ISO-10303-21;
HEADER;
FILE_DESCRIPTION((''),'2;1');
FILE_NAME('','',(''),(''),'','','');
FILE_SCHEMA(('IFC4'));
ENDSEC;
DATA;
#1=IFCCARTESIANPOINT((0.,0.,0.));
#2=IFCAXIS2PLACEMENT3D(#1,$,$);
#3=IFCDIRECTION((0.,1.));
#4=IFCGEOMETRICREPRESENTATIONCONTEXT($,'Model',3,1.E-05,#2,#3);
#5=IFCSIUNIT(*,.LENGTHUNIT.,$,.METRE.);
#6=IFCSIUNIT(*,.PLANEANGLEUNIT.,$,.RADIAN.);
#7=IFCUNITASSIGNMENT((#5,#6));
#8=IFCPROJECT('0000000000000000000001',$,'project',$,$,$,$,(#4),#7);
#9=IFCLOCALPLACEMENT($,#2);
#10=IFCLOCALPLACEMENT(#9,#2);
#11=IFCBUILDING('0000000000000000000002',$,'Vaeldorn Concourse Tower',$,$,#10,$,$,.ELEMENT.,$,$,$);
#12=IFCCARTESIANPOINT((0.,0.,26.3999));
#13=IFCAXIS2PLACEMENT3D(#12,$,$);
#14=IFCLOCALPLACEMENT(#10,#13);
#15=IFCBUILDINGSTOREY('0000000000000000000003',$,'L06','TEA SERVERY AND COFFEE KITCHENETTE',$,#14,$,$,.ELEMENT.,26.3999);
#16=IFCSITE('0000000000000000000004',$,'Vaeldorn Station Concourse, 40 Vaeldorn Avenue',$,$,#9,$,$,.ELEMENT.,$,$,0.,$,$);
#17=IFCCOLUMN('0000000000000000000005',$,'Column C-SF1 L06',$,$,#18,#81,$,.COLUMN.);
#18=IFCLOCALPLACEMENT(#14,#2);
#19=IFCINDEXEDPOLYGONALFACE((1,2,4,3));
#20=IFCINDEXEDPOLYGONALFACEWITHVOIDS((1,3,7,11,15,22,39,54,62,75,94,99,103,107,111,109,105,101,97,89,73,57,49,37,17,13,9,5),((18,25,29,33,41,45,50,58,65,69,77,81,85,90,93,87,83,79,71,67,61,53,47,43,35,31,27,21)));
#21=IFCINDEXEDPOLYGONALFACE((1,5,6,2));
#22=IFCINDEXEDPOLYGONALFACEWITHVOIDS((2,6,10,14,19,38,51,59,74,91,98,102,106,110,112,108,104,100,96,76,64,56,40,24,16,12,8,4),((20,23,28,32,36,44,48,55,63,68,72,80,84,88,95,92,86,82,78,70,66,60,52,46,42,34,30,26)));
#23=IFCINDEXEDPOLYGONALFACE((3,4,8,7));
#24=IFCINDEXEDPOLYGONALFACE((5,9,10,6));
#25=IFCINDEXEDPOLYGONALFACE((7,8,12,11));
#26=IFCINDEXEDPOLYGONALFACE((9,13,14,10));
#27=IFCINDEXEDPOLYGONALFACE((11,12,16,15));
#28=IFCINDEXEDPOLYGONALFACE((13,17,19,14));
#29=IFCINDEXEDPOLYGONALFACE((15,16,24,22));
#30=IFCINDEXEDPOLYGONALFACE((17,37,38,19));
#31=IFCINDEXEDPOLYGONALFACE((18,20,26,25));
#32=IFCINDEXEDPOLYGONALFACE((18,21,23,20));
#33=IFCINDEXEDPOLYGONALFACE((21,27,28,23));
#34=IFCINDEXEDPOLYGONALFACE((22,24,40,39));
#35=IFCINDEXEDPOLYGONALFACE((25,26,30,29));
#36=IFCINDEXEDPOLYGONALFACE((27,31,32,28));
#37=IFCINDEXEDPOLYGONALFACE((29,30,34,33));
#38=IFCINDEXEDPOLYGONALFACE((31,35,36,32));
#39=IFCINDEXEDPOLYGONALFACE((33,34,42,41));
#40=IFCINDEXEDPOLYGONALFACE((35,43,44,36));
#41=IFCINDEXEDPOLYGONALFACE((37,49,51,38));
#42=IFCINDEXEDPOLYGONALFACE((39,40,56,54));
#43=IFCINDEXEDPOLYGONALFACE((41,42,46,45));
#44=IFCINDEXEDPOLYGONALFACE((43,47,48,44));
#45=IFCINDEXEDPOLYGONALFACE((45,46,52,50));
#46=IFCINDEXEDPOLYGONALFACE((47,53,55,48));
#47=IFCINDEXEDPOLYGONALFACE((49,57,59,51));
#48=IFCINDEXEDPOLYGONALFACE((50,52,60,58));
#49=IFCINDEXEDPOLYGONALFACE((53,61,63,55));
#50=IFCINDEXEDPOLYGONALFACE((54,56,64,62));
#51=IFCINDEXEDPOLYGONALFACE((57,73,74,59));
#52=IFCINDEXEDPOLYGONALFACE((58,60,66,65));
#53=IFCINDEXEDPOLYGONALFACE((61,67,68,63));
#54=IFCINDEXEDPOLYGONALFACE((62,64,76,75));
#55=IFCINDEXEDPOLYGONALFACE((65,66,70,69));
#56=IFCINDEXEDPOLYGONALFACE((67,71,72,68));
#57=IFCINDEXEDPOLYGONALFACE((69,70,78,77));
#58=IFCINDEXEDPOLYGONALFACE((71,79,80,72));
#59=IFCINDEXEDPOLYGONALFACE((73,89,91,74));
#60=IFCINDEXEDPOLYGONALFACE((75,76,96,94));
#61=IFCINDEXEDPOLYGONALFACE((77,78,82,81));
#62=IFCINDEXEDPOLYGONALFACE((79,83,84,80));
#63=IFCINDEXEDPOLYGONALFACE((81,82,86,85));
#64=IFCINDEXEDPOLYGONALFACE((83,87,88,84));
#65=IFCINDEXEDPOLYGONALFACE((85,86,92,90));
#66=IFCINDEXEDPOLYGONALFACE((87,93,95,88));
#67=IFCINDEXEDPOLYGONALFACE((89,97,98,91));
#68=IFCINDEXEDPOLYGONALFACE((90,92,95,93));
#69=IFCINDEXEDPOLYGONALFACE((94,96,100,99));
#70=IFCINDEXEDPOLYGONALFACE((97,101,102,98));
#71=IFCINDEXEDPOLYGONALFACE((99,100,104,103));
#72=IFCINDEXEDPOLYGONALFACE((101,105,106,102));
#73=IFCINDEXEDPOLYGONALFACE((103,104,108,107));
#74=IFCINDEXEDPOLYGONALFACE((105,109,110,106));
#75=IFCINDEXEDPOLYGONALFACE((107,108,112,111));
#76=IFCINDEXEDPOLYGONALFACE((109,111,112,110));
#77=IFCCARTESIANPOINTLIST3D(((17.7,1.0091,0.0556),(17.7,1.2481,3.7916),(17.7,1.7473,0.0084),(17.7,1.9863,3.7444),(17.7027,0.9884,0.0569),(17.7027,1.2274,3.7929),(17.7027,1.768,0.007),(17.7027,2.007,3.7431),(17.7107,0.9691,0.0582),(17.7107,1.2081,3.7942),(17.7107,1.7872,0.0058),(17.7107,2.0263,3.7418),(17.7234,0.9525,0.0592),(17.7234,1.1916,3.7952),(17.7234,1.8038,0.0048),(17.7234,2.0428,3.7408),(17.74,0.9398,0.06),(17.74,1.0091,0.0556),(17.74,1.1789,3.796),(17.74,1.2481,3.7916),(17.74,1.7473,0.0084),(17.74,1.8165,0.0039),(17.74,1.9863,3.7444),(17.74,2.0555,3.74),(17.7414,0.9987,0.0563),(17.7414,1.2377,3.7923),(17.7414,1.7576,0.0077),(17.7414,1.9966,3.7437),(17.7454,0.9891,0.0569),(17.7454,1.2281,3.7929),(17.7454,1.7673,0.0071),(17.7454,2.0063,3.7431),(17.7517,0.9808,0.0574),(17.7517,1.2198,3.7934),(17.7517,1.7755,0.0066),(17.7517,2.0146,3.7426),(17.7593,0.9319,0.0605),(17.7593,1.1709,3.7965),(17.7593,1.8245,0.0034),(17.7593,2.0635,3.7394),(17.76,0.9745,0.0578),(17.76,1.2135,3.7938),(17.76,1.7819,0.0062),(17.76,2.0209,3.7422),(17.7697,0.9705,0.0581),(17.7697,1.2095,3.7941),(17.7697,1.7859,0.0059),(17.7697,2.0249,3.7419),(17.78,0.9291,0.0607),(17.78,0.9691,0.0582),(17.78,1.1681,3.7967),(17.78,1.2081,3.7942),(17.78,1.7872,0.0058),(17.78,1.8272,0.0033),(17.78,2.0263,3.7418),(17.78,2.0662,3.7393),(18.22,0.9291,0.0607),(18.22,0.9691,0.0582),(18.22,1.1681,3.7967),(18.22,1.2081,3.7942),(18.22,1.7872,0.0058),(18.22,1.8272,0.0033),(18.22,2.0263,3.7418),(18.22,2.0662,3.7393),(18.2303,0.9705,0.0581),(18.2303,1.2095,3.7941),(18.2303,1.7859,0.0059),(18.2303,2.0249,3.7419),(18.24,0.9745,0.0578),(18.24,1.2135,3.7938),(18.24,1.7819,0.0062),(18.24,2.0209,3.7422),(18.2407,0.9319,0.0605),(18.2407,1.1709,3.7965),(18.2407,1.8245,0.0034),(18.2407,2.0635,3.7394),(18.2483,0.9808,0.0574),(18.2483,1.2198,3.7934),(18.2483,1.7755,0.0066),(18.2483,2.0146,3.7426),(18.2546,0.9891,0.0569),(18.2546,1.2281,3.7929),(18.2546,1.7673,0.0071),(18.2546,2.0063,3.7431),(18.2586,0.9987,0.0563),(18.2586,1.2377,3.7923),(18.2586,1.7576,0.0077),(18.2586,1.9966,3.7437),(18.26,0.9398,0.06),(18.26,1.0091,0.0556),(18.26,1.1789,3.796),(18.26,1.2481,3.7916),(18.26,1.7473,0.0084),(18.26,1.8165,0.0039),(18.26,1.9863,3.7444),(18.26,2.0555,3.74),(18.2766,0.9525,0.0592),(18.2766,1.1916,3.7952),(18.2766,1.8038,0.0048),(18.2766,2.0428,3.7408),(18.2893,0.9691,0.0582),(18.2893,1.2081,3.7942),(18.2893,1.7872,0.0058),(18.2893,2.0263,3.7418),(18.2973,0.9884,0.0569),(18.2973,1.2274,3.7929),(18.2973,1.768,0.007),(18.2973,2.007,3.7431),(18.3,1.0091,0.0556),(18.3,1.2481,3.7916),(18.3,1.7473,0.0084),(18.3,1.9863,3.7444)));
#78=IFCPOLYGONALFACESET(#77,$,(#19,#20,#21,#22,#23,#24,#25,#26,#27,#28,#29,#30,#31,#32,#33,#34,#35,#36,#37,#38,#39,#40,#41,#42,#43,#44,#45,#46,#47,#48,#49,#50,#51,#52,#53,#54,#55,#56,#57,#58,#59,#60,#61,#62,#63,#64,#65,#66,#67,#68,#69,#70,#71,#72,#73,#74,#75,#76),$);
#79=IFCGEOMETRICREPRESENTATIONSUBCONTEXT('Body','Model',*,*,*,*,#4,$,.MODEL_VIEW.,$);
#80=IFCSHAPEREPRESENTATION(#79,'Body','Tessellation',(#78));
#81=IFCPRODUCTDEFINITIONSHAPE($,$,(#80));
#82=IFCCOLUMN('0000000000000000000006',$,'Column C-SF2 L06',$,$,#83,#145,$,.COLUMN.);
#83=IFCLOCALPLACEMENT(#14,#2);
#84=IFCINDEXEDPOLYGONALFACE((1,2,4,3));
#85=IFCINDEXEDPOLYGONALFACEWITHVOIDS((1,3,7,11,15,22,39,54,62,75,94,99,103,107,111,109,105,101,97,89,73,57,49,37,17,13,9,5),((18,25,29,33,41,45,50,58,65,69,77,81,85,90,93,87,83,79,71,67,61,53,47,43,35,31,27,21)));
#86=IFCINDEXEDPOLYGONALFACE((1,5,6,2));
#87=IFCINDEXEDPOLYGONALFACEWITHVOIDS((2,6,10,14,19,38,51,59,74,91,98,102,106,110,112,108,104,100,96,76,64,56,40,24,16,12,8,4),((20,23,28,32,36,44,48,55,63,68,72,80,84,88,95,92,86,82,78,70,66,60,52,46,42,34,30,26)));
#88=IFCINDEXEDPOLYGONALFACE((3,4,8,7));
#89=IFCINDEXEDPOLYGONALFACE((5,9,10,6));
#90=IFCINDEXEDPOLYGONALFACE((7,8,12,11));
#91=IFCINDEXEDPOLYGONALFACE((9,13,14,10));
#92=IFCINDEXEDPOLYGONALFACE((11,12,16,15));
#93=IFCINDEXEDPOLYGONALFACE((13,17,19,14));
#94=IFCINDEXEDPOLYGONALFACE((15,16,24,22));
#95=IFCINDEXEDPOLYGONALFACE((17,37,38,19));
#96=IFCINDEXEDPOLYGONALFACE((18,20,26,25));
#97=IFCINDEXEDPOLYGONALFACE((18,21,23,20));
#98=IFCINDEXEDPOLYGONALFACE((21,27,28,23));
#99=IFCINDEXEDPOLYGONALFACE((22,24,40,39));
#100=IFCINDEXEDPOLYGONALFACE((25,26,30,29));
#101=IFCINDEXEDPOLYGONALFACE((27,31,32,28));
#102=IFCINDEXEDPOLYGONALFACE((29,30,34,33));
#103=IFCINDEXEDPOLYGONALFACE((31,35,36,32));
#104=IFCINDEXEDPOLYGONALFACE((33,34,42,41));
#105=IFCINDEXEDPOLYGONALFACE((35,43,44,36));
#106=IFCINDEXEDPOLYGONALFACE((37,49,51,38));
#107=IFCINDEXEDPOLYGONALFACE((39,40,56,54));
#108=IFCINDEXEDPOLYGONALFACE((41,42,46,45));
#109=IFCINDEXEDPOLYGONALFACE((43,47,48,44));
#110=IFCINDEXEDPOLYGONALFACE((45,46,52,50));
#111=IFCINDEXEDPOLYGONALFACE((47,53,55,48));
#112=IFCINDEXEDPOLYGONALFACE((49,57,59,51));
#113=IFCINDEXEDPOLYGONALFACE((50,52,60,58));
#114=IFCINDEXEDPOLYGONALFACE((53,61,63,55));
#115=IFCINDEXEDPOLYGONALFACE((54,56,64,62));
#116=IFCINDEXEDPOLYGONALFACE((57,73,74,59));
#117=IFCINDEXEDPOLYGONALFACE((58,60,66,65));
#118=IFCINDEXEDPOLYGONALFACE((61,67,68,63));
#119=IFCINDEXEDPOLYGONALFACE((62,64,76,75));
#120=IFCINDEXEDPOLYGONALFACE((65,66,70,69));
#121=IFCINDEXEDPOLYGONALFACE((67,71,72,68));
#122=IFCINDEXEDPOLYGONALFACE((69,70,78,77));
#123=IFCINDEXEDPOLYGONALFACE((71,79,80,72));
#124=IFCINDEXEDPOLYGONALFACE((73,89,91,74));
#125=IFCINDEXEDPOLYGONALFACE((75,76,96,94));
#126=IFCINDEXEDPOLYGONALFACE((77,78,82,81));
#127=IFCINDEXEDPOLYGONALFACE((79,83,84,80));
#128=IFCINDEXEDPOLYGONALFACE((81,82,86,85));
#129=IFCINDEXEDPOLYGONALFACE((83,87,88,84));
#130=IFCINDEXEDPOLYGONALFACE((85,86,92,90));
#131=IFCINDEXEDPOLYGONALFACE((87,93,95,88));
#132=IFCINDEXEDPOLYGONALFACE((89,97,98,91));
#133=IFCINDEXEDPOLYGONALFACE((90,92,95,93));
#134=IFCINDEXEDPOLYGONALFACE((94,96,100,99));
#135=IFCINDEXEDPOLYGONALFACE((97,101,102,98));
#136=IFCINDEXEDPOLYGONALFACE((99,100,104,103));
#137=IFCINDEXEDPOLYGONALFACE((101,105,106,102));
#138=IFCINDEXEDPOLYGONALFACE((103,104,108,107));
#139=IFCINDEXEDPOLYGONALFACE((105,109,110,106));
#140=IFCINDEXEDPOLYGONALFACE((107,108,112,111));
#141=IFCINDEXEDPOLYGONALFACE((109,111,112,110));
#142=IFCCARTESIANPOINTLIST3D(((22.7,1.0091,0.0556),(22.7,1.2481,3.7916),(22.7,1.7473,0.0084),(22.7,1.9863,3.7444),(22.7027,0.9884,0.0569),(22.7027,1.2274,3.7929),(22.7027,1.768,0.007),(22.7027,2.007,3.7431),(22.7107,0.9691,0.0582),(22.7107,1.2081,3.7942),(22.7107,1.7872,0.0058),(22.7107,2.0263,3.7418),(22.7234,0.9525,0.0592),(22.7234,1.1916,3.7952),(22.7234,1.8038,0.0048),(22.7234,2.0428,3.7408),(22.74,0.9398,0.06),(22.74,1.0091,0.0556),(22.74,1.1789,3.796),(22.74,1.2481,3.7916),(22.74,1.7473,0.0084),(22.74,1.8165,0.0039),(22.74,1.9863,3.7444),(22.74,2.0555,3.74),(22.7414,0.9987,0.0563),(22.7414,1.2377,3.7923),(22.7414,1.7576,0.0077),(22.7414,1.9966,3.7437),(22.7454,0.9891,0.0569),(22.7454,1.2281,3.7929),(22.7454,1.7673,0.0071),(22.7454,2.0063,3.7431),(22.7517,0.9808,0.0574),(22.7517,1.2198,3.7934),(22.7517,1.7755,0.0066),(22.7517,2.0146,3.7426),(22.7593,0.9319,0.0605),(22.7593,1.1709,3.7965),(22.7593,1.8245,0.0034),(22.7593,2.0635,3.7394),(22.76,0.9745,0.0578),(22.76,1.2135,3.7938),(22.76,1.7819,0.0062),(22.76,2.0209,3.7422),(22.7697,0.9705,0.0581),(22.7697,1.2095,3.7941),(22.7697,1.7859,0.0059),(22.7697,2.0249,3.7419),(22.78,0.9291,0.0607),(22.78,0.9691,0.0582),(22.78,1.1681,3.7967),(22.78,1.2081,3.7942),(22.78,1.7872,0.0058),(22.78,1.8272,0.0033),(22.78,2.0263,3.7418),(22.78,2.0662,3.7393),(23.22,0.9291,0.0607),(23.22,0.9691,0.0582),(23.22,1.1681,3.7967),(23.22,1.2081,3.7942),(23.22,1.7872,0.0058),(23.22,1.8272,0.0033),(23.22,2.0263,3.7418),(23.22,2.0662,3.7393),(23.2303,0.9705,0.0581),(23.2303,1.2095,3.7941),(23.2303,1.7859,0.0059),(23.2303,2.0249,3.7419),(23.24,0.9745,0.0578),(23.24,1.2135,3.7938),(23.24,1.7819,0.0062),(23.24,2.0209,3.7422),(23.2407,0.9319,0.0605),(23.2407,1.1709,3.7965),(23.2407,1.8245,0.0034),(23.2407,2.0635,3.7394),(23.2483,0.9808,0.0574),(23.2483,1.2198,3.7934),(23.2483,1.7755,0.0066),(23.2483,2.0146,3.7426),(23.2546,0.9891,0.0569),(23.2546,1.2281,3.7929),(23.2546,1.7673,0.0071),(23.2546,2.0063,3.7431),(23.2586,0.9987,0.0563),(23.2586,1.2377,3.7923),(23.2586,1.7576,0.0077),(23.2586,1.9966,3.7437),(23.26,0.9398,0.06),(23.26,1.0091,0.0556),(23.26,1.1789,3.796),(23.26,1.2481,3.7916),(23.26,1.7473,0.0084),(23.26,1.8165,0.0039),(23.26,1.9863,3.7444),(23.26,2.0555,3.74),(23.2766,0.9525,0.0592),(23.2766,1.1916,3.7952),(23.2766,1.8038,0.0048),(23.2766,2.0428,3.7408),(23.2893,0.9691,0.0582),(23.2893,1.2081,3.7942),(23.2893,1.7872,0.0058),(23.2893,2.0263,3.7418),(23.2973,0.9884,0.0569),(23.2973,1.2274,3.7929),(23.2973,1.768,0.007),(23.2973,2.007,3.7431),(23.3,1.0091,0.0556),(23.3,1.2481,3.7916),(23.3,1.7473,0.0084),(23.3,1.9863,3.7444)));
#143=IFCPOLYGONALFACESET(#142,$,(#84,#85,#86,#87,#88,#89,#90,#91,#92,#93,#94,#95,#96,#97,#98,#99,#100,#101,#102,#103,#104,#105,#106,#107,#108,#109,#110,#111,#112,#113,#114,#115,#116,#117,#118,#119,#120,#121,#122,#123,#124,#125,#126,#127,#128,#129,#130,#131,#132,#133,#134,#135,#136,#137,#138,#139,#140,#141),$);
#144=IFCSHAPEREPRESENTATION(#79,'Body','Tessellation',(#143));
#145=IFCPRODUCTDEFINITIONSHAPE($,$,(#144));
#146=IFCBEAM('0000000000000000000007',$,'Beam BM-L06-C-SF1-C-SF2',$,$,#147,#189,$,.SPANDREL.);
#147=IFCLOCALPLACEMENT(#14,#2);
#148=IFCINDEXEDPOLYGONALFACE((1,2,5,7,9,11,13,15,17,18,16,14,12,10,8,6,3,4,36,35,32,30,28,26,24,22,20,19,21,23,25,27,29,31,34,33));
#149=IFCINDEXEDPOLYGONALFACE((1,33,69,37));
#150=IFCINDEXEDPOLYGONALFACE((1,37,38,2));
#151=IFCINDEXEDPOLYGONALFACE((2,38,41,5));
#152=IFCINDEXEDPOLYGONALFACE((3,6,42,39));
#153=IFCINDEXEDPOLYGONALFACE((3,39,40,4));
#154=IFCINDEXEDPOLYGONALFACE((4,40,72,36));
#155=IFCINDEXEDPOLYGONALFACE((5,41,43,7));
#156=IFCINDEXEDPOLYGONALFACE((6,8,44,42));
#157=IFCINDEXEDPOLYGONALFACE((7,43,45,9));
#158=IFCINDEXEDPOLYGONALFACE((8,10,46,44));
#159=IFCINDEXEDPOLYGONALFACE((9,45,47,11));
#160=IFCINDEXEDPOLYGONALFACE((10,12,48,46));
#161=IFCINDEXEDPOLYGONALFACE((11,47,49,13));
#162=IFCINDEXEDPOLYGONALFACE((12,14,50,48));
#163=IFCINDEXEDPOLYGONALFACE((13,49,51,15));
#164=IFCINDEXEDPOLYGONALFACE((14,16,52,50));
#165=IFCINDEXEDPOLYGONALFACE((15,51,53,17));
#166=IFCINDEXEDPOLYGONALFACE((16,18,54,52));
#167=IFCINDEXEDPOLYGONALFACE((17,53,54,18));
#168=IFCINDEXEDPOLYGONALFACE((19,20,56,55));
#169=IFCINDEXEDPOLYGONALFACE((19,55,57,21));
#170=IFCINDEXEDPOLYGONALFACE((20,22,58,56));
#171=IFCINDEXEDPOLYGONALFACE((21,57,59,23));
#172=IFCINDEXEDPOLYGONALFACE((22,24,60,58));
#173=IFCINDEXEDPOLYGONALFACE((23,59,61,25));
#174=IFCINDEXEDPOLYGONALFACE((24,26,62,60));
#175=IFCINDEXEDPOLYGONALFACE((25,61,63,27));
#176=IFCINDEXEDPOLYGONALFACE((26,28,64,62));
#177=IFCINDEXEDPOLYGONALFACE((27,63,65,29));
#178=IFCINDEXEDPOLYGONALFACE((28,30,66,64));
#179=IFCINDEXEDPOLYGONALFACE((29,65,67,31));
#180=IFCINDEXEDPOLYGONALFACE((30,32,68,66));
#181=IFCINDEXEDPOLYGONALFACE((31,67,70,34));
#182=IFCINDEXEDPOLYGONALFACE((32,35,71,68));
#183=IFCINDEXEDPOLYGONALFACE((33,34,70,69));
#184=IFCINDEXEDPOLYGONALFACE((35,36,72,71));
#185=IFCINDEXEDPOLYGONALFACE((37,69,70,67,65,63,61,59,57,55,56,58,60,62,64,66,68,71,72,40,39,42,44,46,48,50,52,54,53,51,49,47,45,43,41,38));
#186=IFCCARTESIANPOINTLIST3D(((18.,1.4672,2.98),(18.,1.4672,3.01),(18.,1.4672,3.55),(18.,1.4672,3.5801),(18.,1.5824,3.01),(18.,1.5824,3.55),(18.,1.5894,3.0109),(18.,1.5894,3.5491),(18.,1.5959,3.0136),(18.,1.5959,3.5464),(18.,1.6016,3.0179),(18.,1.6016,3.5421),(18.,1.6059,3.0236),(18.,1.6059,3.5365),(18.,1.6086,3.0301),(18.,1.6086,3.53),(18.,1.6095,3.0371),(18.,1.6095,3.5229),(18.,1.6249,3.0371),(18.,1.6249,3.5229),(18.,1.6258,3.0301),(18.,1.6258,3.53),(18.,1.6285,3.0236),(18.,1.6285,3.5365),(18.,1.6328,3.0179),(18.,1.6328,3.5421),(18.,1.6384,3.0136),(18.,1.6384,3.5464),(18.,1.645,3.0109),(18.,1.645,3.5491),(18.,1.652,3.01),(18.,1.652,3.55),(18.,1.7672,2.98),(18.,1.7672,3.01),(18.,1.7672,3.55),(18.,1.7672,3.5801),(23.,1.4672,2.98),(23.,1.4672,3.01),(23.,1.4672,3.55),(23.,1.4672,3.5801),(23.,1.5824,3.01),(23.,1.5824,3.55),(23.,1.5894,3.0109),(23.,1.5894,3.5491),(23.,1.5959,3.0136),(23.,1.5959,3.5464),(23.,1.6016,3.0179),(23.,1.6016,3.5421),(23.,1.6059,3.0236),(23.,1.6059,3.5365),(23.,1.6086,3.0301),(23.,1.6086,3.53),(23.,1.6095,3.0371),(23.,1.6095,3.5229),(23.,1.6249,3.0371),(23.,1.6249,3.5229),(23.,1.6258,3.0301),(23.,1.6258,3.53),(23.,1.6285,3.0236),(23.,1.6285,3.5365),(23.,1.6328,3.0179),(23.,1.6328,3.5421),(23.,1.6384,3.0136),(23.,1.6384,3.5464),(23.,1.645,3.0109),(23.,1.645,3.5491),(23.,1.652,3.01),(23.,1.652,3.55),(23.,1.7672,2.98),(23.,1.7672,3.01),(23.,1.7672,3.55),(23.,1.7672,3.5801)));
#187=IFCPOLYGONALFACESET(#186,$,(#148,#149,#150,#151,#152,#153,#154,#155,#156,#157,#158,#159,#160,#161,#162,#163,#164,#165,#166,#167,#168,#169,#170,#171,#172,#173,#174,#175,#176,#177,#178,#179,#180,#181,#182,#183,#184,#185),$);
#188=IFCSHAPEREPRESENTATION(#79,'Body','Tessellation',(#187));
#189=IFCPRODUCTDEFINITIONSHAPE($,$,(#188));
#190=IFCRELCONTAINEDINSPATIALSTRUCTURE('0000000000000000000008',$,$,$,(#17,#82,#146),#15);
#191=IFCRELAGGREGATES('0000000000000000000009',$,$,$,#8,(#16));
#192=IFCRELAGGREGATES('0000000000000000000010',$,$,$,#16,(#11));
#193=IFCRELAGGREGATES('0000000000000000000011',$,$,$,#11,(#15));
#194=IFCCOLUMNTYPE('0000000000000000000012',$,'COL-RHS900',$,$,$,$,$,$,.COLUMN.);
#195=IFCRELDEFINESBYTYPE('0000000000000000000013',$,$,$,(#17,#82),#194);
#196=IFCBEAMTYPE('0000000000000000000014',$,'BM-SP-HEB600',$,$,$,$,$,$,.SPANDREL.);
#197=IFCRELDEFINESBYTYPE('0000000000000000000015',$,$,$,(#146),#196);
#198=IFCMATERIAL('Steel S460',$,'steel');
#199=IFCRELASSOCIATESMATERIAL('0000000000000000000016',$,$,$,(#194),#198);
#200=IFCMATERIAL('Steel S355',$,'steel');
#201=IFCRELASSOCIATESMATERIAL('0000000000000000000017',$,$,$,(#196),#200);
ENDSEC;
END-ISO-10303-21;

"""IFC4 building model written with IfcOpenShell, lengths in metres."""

from ifc_helpers import new_model, si_unit, direction, frame, origin, origin_2d, place, context, subcontext, project, spatial, hollow_rectangle, i_section, extrude, source, transform, mapped, material, material_profile, profile_set, type_object, element, save


model = new_model("IFC4")

# Units and contexts
model_context = context("Model", 3, precision=1e-05, world=origin(), true_north=direction((0.0, 1.0)))
body_context = subcontext(model_context, "Body", "Model", "MODEL_VIEW")
ifc_project = project(units=[si_unit("LENGTHUNIT", "METRE"), si_unit("PLANEANGLEUNIT", "RADIAN")], contexts=[model_context])

# Site, building, storey
site_placement = place(None, origin())
site = spatial("IfcSite", under=ifc_project, at=site_placement, Name="Vaeldorn Station Concourse, 40 Vaeldorn Avenue", CompositionType="ELEMENT", RefElevation=0.0)
building_placement = place(site_placement, origin())
building = spatial("IfcBuilding", under=site, at=building_placement, Name="Vaeldorn Concourse Tower", CompositionType="ELEMENT")
storey_placement = place(building_placement, frame((0.0, 0.0, 26.3999)))
storey = spatial("IfcBuildingStorey", under=building, at=storey_placement, Name="L06", Description="TEA SERVERY AND COFFEE KITCHENETTE", CompositionType="ELEMENT", Elevation=26.3999)

# Columns
ifc_material_1 = material(Name="Steel S460", Category="steel")
ifc_material_profile_1 = material_profile(ifc_material_1, hollow_rectangle(XDim=0.6001, YDim=0.8999, WallThickness=0.04, InnerFilletRadius=0.04, OuterFilletRadius=0.0801, at=origin_2d()), Name="RHS 900x600x40")
ifc_profile_set_1 = profile_set([ifc_material_profile_1], Name="Steel S460")
column_type = type_object("IfcColumnType", Name="COL-RHS900", PredefinedType="COLUMN", material=ifc_profile_set_1)
shared_shape_1 = source(origin(), body_context, "Body", "SweptSolid", [
    extrude(hollow_rectangle(XDim=0.6001, YDim=0.8999, WallThickness=0.04, InnerFilletRadius=0.04, OuterFilletRadius=0.0801, at=origin_2d()), origin(), (0.0, 0.0, 1.0), 3.7437),
])
for number, where, z_axis, x_axis, name in (
    (1, (18.0, 1.3782, 0.032), (0.0, 0.063844, 0.99796), (-1.0, 0.0, 0.0), "Column C-SF1 L06"),
    (2, (23.0, 1.3782, 0.032), (0.0, 0.063844, 0.99796), (-1.0, 0.0, 0.0), "Column C-SF2 L06"),
):
    element("IfcColumn", number, at=place(storey_placement, frame(where, z_axis=z_axis, x_axis=x_axis)), inside=storey, type_object=column_type, Name=name, PredefinedType="COLUMN", context=body_context, shape_type="MappedRepresentation", body=[
        mapped(shared_shape_1, transform((0.0, 0.0, 0.0), scale=1.0)),
    ])

# Beam
ifc_material_2 = material(Name="Steel S355", Category="steel")
ifc_material_profile_2 = material_profile(ifc_material_2, i_section(OverallWidth=0.3, OverallDepth=0.6001, WebThickness=0.0154, FlangeThickness=0.03, FilletRadius=0.0271, at=origin_2d()), Name="HEB 600")
ifc_profile_set_2 = profile_set([ifc_material_profile_2], Name="Steel S355")
beam_type_1 = type_object("IfcBeamType", Name="BM-SP-HEB600", PredefinedType="SPANDREL", material=ifc_profile_set_2)
shared_shape_2 = source(origin(), body_context, "Body", "SweptSolid", [
    extrude(i_section(OverallWidth=0.3, OverallDepth=0.6001, WebThickness=0.0154, FlangeThickness=0.03, FilletRadius=0.0271, at=origin_2d()), origin(), (0.0, 0.0, 1.0), 5.0),
])
beam_1_placement = place(storey_placement, frame((18.0, 1.6172, 3.28), z_axis=(1.0, 0.0, 0.0), x_axis=(0.0, 1.0, 0.0)))
element("IfcBeam", 3, at=beam_1_placement, inside=storey, type_object=beam_type_1, Name="Beam BM-L06-C-SF1-C-SF2", PredefinedType="SPANDREL", context=body_context, shape_type="MappedRepresentation", body=[
    mapped(shared_shape_2, transform((0.0, 0.0, 0.0), scale=1.0)),
])

save(model, "model.ifc")
